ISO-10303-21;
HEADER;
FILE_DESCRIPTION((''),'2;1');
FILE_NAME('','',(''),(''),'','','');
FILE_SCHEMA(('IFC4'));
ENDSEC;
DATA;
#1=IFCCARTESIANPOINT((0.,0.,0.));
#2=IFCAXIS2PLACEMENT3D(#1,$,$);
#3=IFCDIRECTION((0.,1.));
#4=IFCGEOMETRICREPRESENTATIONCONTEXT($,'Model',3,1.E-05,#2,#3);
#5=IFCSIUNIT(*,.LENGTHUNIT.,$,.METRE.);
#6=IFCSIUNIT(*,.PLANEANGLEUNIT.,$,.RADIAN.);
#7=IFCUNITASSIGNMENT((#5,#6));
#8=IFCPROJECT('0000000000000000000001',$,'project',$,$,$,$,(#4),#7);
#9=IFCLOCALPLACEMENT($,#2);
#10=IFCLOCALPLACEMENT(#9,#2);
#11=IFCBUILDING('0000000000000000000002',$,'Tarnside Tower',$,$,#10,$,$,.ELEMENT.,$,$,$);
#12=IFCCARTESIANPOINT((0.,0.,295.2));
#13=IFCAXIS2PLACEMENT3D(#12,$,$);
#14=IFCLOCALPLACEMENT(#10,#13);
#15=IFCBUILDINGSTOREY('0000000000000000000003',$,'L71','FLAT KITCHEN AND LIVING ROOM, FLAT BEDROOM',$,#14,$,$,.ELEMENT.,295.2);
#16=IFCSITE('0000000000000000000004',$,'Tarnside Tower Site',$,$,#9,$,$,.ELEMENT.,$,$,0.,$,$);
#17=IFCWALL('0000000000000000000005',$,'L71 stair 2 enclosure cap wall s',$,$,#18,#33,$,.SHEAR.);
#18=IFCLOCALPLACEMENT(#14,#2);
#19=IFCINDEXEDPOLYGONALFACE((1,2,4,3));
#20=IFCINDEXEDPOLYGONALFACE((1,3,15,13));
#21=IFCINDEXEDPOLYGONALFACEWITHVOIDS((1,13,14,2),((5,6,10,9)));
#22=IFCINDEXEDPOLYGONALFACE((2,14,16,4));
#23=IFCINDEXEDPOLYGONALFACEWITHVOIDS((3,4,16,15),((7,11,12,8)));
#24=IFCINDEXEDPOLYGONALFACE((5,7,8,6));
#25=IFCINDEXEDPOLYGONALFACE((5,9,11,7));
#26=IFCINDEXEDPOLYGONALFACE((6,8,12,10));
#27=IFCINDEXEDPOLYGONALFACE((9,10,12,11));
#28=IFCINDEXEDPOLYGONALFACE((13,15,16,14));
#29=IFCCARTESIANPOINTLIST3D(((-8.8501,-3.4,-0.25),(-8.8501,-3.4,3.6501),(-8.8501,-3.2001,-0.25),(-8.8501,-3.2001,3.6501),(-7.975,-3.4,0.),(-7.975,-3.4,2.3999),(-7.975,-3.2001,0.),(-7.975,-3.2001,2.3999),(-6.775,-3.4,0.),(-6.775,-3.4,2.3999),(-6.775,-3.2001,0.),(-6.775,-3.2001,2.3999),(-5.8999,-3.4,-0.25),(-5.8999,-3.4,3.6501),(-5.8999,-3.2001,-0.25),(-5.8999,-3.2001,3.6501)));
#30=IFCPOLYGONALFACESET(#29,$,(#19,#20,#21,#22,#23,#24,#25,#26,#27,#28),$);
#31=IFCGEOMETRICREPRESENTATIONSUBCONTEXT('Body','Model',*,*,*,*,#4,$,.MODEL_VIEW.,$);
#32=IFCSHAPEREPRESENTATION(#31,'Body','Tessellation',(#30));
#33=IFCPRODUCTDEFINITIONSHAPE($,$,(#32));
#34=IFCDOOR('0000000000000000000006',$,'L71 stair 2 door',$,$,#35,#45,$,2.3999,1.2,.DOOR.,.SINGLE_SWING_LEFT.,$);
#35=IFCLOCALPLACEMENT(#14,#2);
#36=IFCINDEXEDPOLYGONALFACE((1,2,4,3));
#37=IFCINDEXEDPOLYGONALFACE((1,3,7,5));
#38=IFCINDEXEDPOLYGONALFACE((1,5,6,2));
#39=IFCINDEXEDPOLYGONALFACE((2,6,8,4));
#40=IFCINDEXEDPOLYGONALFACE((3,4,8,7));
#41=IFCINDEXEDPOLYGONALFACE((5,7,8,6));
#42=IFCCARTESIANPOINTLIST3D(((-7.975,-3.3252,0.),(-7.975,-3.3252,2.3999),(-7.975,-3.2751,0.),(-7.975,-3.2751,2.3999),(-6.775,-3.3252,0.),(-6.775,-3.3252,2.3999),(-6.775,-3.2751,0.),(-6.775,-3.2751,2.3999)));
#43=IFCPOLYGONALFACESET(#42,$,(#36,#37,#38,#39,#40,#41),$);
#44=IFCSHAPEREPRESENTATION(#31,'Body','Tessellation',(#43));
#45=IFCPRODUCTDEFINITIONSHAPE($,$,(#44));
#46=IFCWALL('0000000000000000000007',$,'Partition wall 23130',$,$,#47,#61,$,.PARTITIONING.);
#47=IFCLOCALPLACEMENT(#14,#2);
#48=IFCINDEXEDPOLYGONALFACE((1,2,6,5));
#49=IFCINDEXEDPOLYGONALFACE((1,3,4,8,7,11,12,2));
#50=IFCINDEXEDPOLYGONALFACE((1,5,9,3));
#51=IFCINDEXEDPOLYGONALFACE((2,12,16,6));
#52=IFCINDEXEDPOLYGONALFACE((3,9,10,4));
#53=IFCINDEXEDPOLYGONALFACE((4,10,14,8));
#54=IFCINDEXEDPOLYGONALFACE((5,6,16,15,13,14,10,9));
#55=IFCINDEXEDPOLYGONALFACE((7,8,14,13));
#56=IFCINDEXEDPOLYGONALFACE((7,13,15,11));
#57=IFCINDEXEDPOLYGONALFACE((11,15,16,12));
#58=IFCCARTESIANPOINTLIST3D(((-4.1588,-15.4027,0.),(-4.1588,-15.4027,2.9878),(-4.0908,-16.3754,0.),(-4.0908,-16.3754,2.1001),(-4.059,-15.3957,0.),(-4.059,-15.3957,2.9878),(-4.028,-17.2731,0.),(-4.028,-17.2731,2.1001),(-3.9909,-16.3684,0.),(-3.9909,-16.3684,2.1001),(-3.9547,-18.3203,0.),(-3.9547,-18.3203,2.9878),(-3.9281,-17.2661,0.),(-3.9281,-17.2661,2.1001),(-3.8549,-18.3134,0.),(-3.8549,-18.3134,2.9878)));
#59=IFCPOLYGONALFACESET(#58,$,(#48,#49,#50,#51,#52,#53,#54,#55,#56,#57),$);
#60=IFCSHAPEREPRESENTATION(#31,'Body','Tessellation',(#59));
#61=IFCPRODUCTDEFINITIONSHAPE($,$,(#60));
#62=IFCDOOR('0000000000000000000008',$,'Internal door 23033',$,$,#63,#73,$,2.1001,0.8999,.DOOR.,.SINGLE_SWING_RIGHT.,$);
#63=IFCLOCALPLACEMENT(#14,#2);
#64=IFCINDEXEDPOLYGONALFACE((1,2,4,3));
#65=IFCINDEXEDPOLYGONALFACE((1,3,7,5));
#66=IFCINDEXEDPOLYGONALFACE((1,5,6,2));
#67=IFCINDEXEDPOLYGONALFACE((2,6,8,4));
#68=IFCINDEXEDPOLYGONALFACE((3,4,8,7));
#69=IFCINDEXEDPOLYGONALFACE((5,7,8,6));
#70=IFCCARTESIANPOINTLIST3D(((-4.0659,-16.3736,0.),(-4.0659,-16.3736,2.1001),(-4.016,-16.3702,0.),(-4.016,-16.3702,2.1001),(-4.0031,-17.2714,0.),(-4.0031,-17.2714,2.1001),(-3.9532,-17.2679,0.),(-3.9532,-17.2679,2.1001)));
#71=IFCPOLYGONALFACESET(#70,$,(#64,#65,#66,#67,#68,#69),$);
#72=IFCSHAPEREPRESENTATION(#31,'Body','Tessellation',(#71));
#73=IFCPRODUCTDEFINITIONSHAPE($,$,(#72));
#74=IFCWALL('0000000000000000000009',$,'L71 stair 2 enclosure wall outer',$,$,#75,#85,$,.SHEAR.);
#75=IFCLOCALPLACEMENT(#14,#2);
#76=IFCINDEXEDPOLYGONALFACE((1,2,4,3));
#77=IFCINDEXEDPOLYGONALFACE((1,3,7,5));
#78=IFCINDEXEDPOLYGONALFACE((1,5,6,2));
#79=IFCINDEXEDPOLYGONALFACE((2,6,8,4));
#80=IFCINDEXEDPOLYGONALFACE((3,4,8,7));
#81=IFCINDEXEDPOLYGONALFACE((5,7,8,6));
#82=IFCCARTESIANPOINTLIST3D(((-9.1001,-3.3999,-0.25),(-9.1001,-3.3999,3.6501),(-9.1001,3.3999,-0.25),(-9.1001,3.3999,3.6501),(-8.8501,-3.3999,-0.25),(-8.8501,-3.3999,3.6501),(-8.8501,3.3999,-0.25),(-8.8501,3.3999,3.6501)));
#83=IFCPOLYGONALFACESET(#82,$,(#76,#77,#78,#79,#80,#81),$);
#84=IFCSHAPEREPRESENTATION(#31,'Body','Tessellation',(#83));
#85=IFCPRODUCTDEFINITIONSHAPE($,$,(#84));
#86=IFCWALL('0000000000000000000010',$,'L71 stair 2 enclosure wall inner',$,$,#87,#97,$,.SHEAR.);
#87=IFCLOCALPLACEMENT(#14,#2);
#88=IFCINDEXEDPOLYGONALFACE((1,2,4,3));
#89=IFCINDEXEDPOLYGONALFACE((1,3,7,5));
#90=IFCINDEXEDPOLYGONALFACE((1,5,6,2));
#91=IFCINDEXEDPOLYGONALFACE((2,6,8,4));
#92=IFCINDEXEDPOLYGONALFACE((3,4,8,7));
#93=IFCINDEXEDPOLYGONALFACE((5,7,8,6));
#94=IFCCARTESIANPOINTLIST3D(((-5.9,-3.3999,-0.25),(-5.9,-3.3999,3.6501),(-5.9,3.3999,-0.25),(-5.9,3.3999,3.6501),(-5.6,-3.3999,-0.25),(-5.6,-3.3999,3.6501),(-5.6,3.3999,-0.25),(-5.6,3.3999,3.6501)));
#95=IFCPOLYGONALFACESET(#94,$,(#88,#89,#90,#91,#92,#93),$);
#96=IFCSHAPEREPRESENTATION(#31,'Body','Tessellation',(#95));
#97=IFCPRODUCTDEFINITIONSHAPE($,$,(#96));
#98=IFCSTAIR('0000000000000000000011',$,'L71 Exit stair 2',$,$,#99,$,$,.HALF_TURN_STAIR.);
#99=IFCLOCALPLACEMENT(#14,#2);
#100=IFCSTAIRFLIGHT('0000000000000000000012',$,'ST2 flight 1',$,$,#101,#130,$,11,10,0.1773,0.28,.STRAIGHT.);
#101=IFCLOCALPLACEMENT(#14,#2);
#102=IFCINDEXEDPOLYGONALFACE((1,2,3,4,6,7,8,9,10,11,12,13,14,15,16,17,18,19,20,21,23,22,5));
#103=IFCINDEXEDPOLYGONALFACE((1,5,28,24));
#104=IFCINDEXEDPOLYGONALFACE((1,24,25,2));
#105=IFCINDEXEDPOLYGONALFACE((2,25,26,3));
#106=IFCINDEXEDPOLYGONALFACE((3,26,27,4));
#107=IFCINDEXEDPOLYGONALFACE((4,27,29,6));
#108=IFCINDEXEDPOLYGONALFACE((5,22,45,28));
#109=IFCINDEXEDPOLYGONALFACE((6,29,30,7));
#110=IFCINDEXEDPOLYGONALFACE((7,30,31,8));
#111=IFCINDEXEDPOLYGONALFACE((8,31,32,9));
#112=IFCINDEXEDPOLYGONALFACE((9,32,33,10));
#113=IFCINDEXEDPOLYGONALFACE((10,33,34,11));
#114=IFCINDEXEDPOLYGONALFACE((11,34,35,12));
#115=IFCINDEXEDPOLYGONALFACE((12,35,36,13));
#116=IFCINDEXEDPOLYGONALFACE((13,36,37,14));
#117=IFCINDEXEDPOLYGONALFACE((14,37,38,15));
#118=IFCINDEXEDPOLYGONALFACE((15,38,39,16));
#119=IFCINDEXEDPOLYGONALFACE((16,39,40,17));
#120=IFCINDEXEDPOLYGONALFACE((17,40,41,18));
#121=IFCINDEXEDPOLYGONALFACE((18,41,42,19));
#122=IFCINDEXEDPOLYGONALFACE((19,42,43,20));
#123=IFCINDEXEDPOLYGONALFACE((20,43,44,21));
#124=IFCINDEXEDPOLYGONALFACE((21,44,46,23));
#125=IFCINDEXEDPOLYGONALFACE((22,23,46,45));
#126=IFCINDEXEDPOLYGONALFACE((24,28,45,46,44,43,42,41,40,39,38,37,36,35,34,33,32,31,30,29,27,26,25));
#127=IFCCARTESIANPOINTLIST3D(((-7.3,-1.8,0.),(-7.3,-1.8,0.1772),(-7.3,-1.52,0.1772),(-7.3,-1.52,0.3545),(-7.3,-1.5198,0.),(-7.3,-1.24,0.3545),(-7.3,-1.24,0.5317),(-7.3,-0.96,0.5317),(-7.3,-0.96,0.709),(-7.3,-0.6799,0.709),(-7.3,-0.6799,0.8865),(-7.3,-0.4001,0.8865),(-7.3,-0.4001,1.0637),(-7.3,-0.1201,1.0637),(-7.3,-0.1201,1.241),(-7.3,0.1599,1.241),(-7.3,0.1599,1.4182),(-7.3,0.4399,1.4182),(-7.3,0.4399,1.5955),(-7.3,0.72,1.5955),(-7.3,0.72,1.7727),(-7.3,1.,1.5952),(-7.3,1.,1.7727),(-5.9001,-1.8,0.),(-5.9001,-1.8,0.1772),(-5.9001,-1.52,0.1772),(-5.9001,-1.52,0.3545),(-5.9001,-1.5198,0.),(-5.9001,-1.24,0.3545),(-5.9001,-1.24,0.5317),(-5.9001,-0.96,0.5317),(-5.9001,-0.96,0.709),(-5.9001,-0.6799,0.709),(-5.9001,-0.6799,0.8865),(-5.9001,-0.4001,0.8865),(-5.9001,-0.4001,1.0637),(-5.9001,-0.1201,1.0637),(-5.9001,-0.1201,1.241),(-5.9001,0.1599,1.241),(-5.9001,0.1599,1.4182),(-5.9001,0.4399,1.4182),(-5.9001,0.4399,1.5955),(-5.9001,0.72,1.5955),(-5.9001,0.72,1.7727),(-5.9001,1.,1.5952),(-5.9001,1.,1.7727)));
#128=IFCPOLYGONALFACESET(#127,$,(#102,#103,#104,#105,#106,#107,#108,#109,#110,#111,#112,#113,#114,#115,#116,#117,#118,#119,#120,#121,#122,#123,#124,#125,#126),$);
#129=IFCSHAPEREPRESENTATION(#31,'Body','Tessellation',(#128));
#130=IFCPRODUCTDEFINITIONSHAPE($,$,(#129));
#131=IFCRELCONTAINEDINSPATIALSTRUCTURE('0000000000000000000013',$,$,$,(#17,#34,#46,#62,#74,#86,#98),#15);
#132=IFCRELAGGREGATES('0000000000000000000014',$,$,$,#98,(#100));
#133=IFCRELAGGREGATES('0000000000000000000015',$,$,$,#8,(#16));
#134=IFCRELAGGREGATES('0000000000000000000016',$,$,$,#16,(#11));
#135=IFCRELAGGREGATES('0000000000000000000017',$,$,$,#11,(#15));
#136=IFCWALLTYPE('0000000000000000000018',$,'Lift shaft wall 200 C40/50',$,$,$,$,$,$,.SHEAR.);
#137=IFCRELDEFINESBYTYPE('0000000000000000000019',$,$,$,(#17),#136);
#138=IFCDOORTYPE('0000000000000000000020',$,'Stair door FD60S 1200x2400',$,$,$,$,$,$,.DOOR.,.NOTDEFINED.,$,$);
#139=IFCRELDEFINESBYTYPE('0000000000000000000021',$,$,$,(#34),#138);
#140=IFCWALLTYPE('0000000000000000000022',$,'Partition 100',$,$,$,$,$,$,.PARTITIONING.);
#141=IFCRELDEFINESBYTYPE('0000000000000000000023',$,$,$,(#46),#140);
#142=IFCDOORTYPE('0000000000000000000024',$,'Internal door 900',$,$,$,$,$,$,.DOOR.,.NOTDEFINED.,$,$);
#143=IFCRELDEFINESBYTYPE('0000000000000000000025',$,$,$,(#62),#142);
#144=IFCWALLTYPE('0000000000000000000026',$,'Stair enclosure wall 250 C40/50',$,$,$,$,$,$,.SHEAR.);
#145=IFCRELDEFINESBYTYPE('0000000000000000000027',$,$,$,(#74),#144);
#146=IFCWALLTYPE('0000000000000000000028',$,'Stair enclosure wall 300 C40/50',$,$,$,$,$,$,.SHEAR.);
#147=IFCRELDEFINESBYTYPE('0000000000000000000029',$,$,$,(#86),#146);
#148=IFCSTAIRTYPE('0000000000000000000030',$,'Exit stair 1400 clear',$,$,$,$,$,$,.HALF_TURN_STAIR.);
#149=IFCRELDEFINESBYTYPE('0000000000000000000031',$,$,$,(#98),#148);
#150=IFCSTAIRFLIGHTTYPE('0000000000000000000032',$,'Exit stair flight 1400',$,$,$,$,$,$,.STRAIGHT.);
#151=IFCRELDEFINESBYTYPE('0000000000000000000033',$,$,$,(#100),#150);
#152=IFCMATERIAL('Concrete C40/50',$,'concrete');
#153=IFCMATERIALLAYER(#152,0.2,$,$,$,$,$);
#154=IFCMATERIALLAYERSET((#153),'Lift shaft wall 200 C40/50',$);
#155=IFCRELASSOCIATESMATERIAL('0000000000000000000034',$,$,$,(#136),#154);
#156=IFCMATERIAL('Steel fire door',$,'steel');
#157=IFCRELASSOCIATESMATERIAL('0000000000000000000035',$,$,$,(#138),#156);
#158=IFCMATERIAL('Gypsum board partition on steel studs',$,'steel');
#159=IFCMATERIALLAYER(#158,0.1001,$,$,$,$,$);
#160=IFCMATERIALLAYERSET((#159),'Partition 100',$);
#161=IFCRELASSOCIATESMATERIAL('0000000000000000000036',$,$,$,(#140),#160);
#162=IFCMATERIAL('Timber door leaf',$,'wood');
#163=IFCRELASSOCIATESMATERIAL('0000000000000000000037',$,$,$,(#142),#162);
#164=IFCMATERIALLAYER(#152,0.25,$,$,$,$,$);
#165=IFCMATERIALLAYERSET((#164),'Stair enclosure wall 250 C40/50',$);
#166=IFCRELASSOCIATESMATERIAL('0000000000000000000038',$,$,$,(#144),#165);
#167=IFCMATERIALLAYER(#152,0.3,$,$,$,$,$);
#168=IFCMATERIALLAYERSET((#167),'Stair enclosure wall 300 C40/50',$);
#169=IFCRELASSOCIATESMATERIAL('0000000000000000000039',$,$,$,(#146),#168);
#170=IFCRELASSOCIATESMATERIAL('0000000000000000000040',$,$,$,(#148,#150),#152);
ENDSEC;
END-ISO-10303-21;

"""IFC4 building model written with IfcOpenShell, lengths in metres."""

from ifc_helpers import new_model, si_unit, direction, frame, frame_2d, origin, place, context, subcontext, project, spatial, polyline, rectangle, outline, extrude, material, layer, layer_set, type_object, element, fill, aggregate, save


model = new_model("IFC4")

# Units and contexts
model_context = context("Model", 3, precision=1e-05, world=origin(), true_north=direction((0.0, 1.0)))
body_context = subcontext(model_context, "Body", "Model", "MODEL_VIEW")
ifc_project = project(units=[si_unit("LENGTHUNIT", "METRE"), si_unit("PLANEANGLEUNIT", "RADIAN")], contexts=[model_context])

# Site, building, storey
site_placement = place(None, origin())
site = spatial("IfcSite", under=ifc_project, at=site_placement, Name="Tarnside Tower Site", CompositionType="ELEMENT", RefElevation=0.0)
building_placement = place(site_placement, origin())
building = spatial("IfcBuilding", under=site, at=building_placement, Name="Tarnside Tower", CompositionType="ELEMENT")
storey_placement = place(building_placement, frame((0.0, 0.0, 295.2)))
storey = spatial("IfcBuildingStorey", under=building, at=storey_placement, Name="L71", Description="FLAT KITCHEN AND LIVING ROOM, FLAT BEDROOM", CompositionType="ELEMENT", Elevation=295.2)

# Shared definitions
ifc_material_1 = material(Name="Gypsum board partition on steel studs", Category="steel")

# Shared definitions
ifc_material_2 = material(Name="Timber door leaf", Category="wood")

# Shared definitions
ifc_material_3 = material(Name="Concrete C40/50", Category="concrete")
ifc_layer_1 = layer(ifc_material_3, 0.2)
ifc_layer_set_1 = layer_set([ifc_layer_1], Name="Lift shaft wall 200 C40/50")
wall_type_1 = type_object("IfcWallType", Name="Lift shaft wall 200 C40/50", PredefinedType="SHEAR", material=ifc_layer_set_1)

# Walls, openings, doors
wall_1_placement = place(storey_placement, frame((-8.8501, -3.3, -0.25), z_axis=(0.0, 0.0, 1.0), x_axis=(1.0, 0.0, 0.0)))
wall_1 = element("IfcWall", 1, at=wall_1_placement, inside=storey, type_object=wall_type_1, Name="L71 stair 2 enclosure cap wall s", PredefinedType="SHEAR", context=body_context, shape_type="SweptSolid", body=[
    extrude(rectangle(XDim=2.9502, YDim=0.2, at=frame_2d((1.4751, 0.0))), origin(), (0.0, 0.0, 1.0), 3.9001),
])
opening_1_placement = place(wall_1_placement, frame((0.875, 0.0, 0.25)))
opening_1 = element("IfcOpeningElement", 2, at=opening_1_placement, cuts=wall_1, PredefinedType="OPENING", context=body_context, shape_type="SweptSolid", body=[
    extrude(rectangle(XDim=1.2, YDim=2.3999, at=frame_2d((0.6001, 1.2))), frame((0.0, 0.1099, 0.0), z_axis=(0.0, -1.0, 0.0), x_axis=(1.0, 0.0, 0.0)), (0.0, 0.0, 1.0), 0.22),
])
ifc_material_4 = material(Name="Steel fire door", Category="steel")
door_type_1 = type_object("IfcDoorType", Name="Stair door FD60S 1200x2400", OperationType="NOTDEFINED", PredefinedType="DOOR", material=ifc_material_4)
door_1_placement = place(opening_1_placement, origin())
door_1 = element("IfcDoor", 3, at=door_1_placement, inside=storey, type_object=door_type_1, Name="L71 stair 2 door", OperationType="SINGLE_SWING_LEFT", OverallHeight=2.3999, OverallWidth=1.2, PredefinedType="DOOR", context=body_context, shape_type="SweptSolid", body=[
    extrude(rectangle(XDim=1.2, YDim=2.3999, at=frame_2d((0.6001, 1.2))), frame((0.0, 0.0249, 0.0), z_axis=(0.0, -1.0, 0.0), x_axis=(1.0, 0.0, 0.0)), (0.0, 0.0, 1.0), 0.05),
])
fill(opening_1, door_1)
ifc_layer_2 = layer(ifc_material_1, 0.1001)
ifc_layer_set_2 = layer_set([ifc_layer_2], Name="Partition 100")
wall_type_2 = type_object("IfcWallType", Name="Partition 100", PredefinedType="PARTITIONING", material=ifc_layer_set_2)
wall_2_placement = place(storey_placement, frame((-4.1089, -15.3992, 0.0), z_axis=(0.0, 0.0, 1.0), x_axis=(0.069782, -0.997562, 0.0)))
wall_2 = element("IfcWall", 4, at=wall_2_placement, inside=storey, type_object=wall_type_2, Name="Partition wall 23130", PredefinedType="PARTITIONING", context=body_context, shape_type="SweptSolid", body=[
    extrude(rectangle(XDim=2.9248, YDim=0.1001, at=frame_2d((1.4624, 0.0))), origin(), (0.0, 0.0, 1.0), 2.9878),
])
opening_2_placement = place(wall_2_placement, frame((0.9751, 0.0, 0.0)))
opening_2 = element("IfcOpeningElement", 5, at=opening_2_placement, cuts=wall_2, PredefinedType="OPENING", context=body_context, shape_type="SweptSolid", body=[
    extrude(rectangle(XDim=0.8999, YDim=2.1001, at=frame_2d((0.45, 1.05))), frame((0.0, 0.0601, 0.0), z_axis=(0.0, -1.0, 0.0), x_axis=(1.0, 0.0, 0.0)), (0.0, 0.0, 1.0), 0.1201),
])
door_type_2 = type_object("IfcDoorType", Name="Internal door 900", OperationType="NOTDEFINED", PredefinedType="DOOR", material=ifc_material_2)
door_2_placement = place(opening_2_placement, origin())
door_2 = element("IfcDoor", 6, at=door_2_placement, inside=storey, type_object=door_type_2, Name="Internal door 23033", OperationType="SINGLE_SWING_RIGHT", OverallHeight=2.1001, OverallWidth=0.8999, PredefinedType="DOOR", context=body_context, shape_type="SweptSolid", body=[
    extrude(rectangle(XDim=0.8999, YDim=2.1001, at=frame_2d((0.45, 1.05))), frame((0.0, 0.0249, 0.0), z_axis=(0.0, -1.0, 0.0), x_axis=(1.0, 0.0, 0.0)), (0.0, 0.0, 1.0), 0.05),
])
fill(opening_2, door_2)

# Walls
ifc_layer_3 = layer(ifc_material_3, 0.25)
ifc_layer_set_3 = layer_set([ifc_layer_3], Name="Stair enclosure wall 250 C40/50")
wall_type_3 = type_object("IfcWallType", Name="Stair enclosure wall 250 C40/50", PredefinedType="SHEAR", material=ifc_layer_set_3)
wall_3_placement = place(storey_placement, frame((-8.9751, -3.3999, -0.25), z_axis=(0.0, 0.0, 1.0), x_axis=(0.0, 1.0, 0.0)))
element("IfcWall", 7, at=wall_3_placement, inside=storey, type_object=wall_type_3, Name="L71 stair 2 enclosure wall outer", PredefinedType="SHEAR", context=body_context, shape_type="SweptSolid", body=[
    extrude(rectangle(XDim=6.7998, YDim=0.25, at=frame_2d((3.3999, 0.0))), origin(), (0.0, 0.0, 1.0), 3.9001),
])
ifc_layer_4 = layer(ifc_material_3, 0.3)
ifc_layer_set_4 = layer_set([ifc_layer_4], Name="Stair enclosure wall 300 C40/50")
wall_type_4 = type_object("IfcWallType", Name="Stair enclosure wall 300 C40/50", PredefinedType="SHEAR", material=ifc_layer_set_4)
wall_4_placement = place(storey_placement, frame((-5.75, -3.3999, -0.25), z_axis=(0.0, 0.0, 1.0), x_axis=(0.0, 1.0, 0.0)))
element("IfcWall", 8, at=wall_4_placement, inside=storey, type_object=wall_type_4, Name="L71 stair 2 enclosure wall inner", PredefinedType="SHEAR", context=body_context, shape_type="SweptSolid", body=[
    extrude(rectangle(XDim=6.7998, YDim=0.3, at=frame_2d((3.3999, 0.0))), origin(), (0.0, 0.0, 1.0), 3.9001),
])

# Stair, stair flight
stair_type = type_object("IfcStairType", Name="Exit stair 1400 clear", PredefinedType="HALF_TURN_STAIR", material=ifc_material_3)
stair_placement = place(storey_placement, origin())
stair = element("IfcStair", 9, at=stair_placement, inside=storey, type_object=stair_type, Name="L71 Exit stair 2", PredefinedType="HALF_TURN_STAIR")
stair_flight_type = type_object("IfcStairFlightType", Name="Exit stair flight 1400", PredefinedType="STRAIGHT", material=ifc_material_3)
stair_flight_placement = place(storey_placement, frame((-6.6001, -1.8, 0.0), z_axis=(0.0, 0.0, 1.0), x_axis=(0.0, 1.0, 0.0)))
stair_flight = element("IfcStairFlight", 10, at=stair_flight_placement, type_object=stair_flight_type, Name="ST2 flight 1", NumberOfRisers=11, NumberOfTreads=10, PredefinedType="STRAIGHT", RiserHeight=0.1773, TreadLength=0.28, context=body_context, shape_type="SweptSolid", body=[
    extrude(outline(polyline([(0.0, 0.0), (0.0, 0.1772), (0.28, 0.1772), (0.28, 0.3545), (0.5601, 0.3545), (0.5601, 0.5317), (0.8401, 0.5317), (0.8401, 0.709), (1.1201, 0.709), (1.1201, 0.8865), (1.3999, 0.8865), (1.3999, 1.0637), (1.6799, 1.0637), (1.6799, 1.241), (1.96, 1.241), (1.96, 1.4182), (2.24, 1.4182), (2.24, 1.5955), (2.52, 1.5955), (2.52, 1.7727), (2.8, 1.7727), (2.8, 1.95), (2.8, 1.5952), (0.2803, 0.0), (0.0, 0.0)])), frame((0.0, 0.7, 0.0), z_axis=(0.0, -1.0, 0.0), x_axis=(1.0, 0.0, 0.0)), (0.0, 0.0, 1.0), 1.3999),
])
aggregate(stair, [stair_flight])

save(model, "model.ifc")
